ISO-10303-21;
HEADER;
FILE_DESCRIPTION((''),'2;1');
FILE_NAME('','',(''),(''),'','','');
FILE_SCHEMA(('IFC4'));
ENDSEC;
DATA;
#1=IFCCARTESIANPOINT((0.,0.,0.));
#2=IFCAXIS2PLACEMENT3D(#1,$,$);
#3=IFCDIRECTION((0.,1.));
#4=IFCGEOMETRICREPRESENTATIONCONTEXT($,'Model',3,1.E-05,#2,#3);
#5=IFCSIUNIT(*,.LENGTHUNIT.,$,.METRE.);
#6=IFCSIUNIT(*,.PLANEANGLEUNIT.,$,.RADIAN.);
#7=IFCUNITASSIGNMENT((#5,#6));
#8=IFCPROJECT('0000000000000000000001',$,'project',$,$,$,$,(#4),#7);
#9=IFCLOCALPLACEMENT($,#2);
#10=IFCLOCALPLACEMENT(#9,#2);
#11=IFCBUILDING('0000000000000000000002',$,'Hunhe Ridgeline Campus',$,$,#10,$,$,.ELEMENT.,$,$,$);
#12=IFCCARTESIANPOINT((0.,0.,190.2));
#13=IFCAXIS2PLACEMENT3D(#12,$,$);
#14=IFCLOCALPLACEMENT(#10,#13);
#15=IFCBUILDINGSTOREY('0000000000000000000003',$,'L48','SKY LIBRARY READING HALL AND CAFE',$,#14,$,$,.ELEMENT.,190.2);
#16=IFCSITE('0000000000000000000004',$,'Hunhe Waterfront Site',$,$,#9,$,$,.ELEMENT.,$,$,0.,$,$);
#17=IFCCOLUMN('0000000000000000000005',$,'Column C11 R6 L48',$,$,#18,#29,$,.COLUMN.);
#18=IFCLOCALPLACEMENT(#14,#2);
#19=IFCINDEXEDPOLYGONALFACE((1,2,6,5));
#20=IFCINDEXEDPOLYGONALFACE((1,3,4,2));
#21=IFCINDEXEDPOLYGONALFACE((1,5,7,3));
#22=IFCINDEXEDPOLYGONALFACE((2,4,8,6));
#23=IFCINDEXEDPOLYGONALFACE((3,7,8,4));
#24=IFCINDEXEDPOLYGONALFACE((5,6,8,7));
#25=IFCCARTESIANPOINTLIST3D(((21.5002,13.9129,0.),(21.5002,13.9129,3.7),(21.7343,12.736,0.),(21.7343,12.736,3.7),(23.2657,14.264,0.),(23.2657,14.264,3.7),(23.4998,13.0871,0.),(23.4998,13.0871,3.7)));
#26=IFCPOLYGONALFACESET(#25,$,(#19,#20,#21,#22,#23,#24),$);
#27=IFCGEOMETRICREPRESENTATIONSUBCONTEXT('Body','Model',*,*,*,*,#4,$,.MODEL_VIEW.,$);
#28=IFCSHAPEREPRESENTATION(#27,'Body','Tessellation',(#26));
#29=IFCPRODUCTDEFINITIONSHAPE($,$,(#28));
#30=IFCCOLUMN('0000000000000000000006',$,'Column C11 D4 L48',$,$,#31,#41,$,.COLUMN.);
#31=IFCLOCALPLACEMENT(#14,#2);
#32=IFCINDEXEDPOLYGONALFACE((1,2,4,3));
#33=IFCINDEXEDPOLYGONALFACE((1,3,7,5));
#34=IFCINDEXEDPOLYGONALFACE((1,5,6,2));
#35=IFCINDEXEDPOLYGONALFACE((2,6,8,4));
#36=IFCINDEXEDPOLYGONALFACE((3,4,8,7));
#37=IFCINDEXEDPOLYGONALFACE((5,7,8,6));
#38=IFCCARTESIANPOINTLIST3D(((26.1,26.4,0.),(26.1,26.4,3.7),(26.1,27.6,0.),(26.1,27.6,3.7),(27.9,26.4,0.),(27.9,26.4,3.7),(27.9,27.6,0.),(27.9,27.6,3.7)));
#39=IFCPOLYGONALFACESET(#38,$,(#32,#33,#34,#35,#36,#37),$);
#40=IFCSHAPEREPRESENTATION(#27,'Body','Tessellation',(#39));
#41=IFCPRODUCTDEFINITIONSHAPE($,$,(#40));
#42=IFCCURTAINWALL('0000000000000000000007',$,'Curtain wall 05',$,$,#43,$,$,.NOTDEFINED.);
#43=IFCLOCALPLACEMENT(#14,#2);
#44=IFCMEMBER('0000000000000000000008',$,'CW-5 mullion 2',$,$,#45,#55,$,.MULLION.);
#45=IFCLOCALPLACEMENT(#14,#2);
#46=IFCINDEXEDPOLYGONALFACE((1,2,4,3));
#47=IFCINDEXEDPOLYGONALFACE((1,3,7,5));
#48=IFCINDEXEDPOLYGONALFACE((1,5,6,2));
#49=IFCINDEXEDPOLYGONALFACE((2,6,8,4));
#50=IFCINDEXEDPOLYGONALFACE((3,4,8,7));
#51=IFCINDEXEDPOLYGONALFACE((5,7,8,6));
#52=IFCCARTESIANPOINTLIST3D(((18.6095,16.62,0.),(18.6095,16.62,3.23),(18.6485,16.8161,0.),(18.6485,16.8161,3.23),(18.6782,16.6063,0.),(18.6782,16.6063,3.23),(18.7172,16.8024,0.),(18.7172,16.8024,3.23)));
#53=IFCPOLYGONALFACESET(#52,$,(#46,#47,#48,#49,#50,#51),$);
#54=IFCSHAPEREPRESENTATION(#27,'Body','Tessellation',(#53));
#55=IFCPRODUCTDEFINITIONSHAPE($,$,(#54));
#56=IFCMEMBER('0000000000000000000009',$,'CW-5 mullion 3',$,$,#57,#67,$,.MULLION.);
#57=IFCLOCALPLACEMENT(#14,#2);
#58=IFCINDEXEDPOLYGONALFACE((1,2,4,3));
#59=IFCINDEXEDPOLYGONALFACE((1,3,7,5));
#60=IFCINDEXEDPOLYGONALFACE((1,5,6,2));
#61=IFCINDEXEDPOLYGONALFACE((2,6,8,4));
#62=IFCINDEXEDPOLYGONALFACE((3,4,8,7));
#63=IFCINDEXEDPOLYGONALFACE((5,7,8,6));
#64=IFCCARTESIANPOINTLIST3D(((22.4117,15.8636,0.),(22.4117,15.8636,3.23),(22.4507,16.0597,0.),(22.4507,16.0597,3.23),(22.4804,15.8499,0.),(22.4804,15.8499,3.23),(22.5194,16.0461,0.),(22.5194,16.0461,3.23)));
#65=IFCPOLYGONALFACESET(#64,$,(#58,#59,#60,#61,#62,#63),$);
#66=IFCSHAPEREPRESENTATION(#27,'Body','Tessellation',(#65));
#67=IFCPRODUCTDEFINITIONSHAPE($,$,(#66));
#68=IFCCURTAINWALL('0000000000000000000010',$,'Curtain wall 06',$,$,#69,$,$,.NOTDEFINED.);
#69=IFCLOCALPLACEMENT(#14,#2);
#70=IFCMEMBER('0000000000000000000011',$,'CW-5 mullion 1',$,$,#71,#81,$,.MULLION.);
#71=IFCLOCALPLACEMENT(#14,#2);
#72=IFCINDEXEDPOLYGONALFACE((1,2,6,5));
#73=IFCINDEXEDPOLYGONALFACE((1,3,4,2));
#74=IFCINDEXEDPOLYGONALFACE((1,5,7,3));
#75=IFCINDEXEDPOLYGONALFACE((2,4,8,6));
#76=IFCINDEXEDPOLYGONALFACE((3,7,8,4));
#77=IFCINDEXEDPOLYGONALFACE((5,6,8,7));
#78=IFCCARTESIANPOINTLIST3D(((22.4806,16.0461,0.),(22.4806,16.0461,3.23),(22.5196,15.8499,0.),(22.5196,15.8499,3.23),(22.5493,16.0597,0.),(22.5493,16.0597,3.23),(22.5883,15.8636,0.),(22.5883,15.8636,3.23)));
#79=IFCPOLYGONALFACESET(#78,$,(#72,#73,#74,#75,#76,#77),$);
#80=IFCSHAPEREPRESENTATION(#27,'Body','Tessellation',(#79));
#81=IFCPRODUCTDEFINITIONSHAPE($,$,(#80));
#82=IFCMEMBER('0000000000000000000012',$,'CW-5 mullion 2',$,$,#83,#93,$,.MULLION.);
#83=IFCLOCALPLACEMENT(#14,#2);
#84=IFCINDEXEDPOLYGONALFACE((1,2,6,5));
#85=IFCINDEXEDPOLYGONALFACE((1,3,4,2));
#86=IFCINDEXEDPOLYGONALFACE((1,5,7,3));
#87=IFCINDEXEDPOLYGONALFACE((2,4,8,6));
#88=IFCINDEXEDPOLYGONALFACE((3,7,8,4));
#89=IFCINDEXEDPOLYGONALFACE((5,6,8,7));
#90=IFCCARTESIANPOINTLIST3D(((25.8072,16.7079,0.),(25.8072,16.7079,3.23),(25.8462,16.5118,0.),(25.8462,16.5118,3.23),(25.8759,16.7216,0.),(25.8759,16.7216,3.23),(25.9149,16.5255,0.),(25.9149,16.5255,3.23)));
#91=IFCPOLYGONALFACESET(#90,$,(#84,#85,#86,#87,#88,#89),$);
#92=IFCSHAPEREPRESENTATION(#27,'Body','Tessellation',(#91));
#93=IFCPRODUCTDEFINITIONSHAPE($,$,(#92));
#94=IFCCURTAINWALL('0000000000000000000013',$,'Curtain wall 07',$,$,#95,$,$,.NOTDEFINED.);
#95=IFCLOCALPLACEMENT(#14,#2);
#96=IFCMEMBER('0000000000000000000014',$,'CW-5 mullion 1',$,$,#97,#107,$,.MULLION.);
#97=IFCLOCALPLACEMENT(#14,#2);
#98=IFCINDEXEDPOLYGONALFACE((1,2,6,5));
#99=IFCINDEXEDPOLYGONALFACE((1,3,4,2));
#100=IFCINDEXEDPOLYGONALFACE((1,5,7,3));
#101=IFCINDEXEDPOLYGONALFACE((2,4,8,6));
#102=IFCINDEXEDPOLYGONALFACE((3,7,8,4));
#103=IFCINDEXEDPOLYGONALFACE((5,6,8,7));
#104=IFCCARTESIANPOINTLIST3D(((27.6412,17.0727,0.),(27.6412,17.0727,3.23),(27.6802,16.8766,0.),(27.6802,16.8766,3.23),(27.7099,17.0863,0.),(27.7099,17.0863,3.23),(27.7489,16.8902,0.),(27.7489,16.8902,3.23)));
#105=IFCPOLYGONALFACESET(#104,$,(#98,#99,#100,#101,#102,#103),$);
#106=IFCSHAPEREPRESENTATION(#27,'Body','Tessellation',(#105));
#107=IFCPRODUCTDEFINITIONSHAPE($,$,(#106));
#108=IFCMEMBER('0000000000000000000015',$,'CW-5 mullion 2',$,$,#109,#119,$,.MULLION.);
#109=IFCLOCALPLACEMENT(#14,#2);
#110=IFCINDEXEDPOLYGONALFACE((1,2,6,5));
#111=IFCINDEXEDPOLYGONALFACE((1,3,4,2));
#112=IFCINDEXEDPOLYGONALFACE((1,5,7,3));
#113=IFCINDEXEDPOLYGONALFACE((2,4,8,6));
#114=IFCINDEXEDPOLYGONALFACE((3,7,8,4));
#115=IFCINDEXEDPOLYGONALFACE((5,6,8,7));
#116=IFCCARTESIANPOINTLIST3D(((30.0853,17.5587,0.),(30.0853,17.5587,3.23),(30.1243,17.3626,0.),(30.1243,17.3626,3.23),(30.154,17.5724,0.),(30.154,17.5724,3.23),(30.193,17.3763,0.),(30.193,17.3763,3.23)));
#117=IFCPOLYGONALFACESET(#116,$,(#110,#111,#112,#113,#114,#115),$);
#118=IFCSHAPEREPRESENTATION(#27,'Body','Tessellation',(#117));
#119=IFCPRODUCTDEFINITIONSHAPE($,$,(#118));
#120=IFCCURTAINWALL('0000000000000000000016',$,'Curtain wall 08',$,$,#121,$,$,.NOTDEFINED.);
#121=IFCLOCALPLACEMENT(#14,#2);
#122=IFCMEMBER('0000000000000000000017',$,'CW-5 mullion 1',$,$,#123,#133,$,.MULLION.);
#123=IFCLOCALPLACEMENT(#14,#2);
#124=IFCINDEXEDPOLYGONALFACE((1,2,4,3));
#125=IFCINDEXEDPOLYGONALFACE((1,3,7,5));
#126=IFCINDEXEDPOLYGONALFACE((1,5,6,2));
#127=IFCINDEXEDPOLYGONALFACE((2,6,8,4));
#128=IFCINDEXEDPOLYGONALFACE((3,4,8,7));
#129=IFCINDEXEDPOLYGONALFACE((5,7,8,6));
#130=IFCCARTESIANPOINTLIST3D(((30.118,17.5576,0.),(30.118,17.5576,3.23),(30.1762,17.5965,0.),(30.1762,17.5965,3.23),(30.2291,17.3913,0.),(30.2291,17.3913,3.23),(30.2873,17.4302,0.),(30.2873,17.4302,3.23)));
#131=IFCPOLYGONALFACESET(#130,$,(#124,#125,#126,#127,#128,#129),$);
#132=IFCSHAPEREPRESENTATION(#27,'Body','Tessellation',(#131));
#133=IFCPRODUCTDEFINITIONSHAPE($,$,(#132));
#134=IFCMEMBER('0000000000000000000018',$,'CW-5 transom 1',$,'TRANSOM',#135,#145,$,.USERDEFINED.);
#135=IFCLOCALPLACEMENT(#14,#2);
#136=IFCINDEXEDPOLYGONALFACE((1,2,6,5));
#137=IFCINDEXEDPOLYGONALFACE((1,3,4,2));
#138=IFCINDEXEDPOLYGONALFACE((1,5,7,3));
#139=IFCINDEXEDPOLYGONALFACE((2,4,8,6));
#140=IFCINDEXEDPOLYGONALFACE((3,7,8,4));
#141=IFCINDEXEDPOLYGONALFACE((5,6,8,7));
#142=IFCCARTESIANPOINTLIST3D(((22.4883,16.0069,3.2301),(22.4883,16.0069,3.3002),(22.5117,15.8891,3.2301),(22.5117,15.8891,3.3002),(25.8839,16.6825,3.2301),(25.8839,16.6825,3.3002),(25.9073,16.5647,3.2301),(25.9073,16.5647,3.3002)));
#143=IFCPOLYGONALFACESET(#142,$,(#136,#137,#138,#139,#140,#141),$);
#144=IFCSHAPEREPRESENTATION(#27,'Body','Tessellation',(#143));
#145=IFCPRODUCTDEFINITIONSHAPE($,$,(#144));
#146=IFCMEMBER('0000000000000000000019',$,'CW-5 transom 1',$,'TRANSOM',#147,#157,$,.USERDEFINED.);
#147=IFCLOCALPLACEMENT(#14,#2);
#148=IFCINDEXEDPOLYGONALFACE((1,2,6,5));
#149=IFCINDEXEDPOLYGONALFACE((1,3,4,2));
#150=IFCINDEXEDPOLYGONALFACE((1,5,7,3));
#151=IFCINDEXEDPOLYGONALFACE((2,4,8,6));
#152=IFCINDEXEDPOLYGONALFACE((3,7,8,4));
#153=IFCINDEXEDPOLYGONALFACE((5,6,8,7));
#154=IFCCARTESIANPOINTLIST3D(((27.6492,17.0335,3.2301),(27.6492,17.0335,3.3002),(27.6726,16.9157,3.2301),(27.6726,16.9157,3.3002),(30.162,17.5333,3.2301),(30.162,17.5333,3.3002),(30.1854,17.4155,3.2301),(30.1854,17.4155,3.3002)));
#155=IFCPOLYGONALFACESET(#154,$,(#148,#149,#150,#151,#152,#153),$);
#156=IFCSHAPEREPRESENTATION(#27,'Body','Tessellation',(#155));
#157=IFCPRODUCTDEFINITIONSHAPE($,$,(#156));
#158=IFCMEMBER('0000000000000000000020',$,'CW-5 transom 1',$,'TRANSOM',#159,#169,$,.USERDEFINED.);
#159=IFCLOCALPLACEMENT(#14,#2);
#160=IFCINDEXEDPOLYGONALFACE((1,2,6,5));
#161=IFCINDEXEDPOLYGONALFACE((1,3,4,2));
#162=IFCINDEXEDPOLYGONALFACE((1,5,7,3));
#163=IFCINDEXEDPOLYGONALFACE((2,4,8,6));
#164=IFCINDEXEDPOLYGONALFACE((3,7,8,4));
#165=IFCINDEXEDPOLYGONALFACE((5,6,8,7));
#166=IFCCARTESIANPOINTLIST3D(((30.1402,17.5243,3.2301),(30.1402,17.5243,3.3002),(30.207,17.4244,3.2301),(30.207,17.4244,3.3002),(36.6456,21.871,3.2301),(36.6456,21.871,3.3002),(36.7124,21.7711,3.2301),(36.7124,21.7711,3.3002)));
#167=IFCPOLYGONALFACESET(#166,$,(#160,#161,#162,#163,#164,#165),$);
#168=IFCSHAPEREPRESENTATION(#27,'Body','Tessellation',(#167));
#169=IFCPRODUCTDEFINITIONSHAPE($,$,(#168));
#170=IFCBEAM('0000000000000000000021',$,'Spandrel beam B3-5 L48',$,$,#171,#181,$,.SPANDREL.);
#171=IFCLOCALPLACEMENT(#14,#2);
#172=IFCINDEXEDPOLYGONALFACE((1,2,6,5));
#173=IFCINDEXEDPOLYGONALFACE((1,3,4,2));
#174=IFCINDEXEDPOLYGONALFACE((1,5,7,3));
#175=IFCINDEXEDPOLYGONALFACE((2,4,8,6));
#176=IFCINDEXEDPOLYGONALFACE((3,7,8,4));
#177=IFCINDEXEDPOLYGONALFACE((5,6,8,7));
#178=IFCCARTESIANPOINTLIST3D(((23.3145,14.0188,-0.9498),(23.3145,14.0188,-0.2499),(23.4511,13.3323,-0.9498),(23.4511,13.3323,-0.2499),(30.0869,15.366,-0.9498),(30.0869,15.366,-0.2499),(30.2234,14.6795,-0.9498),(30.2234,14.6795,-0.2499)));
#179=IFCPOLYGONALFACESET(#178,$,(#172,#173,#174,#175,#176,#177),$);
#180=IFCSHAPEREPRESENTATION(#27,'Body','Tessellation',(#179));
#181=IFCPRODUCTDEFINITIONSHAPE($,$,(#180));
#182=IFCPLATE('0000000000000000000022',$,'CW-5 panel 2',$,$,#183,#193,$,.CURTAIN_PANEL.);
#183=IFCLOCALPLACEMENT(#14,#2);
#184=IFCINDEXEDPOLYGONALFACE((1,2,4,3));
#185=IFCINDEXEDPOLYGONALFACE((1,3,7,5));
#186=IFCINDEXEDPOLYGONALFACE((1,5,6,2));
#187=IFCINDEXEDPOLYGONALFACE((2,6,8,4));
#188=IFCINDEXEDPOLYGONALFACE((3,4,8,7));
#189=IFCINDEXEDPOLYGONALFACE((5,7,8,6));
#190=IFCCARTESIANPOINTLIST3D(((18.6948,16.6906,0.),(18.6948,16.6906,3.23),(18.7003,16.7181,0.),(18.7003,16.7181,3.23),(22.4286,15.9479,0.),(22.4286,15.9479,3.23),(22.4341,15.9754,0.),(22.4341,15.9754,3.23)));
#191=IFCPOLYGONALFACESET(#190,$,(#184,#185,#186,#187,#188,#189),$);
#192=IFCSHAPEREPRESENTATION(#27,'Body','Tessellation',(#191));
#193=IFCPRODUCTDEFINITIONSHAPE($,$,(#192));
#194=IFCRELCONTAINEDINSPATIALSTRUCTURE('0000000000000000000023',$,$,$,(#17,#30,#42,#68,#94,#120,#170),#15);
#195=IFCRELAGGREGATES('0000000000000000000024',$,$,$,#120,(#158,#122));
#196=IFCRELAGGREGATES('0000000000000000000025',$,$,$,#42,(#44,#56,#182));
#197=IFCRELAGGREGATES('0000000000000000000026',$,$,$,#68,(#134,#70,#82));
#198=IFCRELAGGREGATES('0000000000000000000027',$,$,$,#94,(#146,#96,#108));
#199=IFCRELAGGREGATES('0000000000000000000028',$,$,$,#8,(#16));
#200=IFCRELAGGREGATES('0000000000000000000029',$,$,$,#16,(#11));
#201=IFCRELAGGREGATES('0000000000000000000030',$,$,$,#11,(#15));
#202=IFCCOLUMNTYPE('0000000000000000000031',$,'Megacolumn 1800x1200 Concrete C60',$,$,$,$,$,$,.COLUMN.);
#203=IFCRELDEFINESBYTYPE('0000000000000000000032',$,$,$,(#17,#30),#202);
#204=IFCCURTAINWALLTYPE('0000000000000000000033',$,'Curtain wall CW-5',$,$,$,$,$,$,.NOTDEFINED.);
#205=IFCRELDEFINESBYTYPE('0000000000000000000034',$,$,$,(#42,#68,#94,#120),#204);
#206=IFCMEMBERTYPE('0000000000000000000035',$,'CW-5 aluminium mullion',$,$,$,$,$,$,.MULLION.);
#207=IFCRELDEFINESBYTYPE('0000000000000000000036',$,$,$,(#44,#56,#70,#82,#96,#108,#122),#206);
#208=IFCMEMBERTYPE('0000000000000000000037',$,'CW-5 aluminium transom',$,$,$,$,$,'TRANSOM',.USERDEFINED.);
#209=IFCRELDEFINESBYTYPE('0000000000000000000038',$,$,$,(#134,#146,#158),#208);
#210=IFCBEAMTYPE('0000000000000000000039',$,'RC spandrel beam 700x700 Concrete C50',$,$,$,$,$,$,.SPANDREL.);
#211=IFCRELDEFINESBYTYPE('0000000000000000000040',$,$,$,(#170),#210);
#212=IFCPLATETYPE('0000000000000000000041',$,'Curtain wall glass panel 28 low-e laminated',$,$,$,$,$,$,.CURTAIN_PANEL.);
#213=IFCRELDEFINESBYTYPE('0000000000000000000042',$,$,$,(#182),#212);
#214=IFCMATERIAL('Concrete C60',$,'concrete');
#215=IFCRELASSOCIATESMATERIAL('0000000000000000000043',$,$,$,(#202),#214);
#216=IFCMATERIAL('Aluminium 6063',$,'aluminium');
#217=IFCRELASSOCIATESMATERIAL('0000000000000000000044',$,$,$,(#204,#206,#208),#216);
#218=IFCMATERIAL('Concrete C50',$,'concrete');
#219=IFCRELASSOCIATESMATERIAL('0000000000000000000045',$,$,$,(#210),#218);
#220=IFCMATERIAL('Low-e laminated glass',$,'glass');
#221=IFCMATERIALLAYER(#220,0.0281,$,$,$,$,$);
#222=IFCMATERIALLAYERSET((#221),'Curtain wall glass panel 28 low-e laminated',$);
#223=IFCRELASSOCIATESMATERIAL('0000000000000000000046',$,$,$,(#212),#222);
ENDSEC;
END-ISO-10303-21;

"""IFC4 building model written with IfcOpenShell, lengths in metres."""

from ifc_helpers import new_model, si_unit, direction, frame, origin, origin_2d, place, context, subcontext, project, spatial, rectangle, extrude, material, layer, layer_set, material_profile, profile_set, type_object, element, aggregate, save


model = new_model("IFC4")

# Units and contexts
model_context = context("Model", 3, precision=1e-05, world=origin(), true_north=direction((0.0, 1.0)))
body_context = subcontext(model_context, "Body", "Model", "MODEL_VIEW")
ifc_project = project(units=[si_unit("LENGTHUNIT", "METRE"), si_unit("PLANEANGLEUNIT", "RADIAN")], contexts=[model_context])

# Site, building, storey
site_placement = place(None, origin())
site = spatial("IfcSite", under=ifc_project, at=site_placement, Name="Hunhe Waterfront Site", CompositionType="ELEMENT", RefElevation=0.0)
building_placement = place(site_placement, origin())
building = spatial("IfcBuilding", under=site, at=building_placement, Name="Hunhe Ridgeline Campus", CompositionType="ELEMENT")
storey_placement = place(building_placement, frame((0.0, 0.0, 190.2)))
storey = spatial("IfcBuildingStorey", under=building, at=storey_placement, Name="L48", Description="SKY LIBRARY READING HALL AND CAFE", CompositionType="ELEMENT", Elevation=190.2)

# Columns
ifc_material_1 = material(Name="Concrete C60", Category="concrete")
ifc_material_profile_1 = material_profile(ifc_material_1, rectangle(XDim=1.8, YDim=1.2, at=origin_2d()))
ifc_profile_set_1 = profile_set([ifc_material_profile_1], Name="Concrete C60")
column_type = type_object("IfcColumnType", Name="Megacolumn 1800x1200 Concrete C60", PredefinedType="COLUMN", material=ifc_profile_set_1)
for number, where, z_axis, x_axis, name in (
    (1, (22.5, 13.5, 0.0), (0.0, 0.0, 1.0), (0.980785, 0.19509, 0.0), "Column C11 R6 L48"),
    (2, (27.0, 27.0, 0.0), (0.0, 0.0, 1.0), (1.0, 0.0, 0.0), "Column C11 D4 L48"),
):
    element("IfcColumn", number, at=place(storey_placement, frame(where, z_axis=z_axis, x_axis=x_axis)), inside=storey, type_object=column_type, Name=name, PredefinedType="COLUMN", context=body_context, shape_type="SweptSolid", body=[
        extrude(rectangle(XDim=1.8, YDim=1.2, at=origin_2d()), origin(), (0.0, 0.0, 1.0), 3.7),
    ])

# Curtain walls, members
ifc_material_2 = material(Name="Aluminium 6063", Category="aluminium")
curtain_wall_type = type_object("IfcCurtainWallType", Name="Curtain wall CW-5", PredefinedType="NOTDEFINED", material=ifc_material_2)
curtain_wall_1_placement = place(storey_placement, origin())
curtain_wall_1 = element("IfcCurtainWall", 3, at=curtain_wall_1_placement, inside=storey, type_object=curtain_wall_type, Name="Curtain wall 05", PredefinedType="NOTDEFINED")
ifc_material_profile_2 = material_profile(ifc_material_2, rectangle(XDim=0.2, YDim=0.0701, at=origin_2d()))
ifc_profile_set_2 = profile_set([ifc_material_profile_2], Name="Aluminium 6063")
member_type_1 = type_object("IfcMemberType", Name="CW-5 aluminium mullion", PredefinedType="MULLION", material=ifc_profile_set_2)
member_1_placement = place(storey_placement, frame((18.6633, 16.7112, 0.0), z_axis=(0.0, 0.0, 1.0), x_axis=(0.19509, 0.980785, 0.0)))
member_1 = element("IfcMember", 4, at=member_1_placement, type_object=member_type_1, Name="CW-5 mullion 2", PredefinedType="MULLION", context=body_context, shape_type="SweptSolid", body=[
    extrude(rectangle(XDim=0.2, YDim=0.0701, at=origin_2d()), origin(), (0.0, 0.0, 1.0), 3.23),
])
member_2_placement = place(storey_placement, frame((22.4656, 15.9548, 0.0), z_axis=(0.0, 0.0, 1.0), x_axis=(0.19509, 0.980785, 0.0)))
member_2 = element("IfcMember", 5, at=member_2_placement, type_object=member_type_1, Name="CW-5 mullion 3", PredefinedType="MULLION", context=body_context, shape_type="SweptSolid", body=[
    extrude(rectangle(XDim=0.2, YDim=0.0701, at=origin_2d()), origin(), (0.0, 0.0, 1.0), 3.23),
])
curtain_wall_2_placement = place(storey_placement, origin())
curtain_wall_2 = element("IfcCurtainWall", 6, at=curtain_wall_2_placement, inside=storey, type_object=curtain_wall_type, Name="Curtain wall 06", PredefinedType="NOTDEFINED")
member_3_placement = place(storey_placement, frame((22.5344, 15.9548, 0.0), z_axis=(0.0, 0.0, 1.0), x_axis=(-0.19509, 0.980785, 0.0)))
member_3 = element("IfcMember", 7, at=member_3_placement, type_object=member_type_1, Name="CW-5 mullion 1", PredefinedType="MULLION", context=body_context, shape_type="SweptSolid", body=[
    extrude(rectangle(XDim=0.2, YDim=0.0701, at=origin_2d()), origin(), (0.0, 0.0, 1.0), 3.23),
])
member_4_placement = place(storey_placement, frame((25.8611, 16.6167, 0.0), z_axis=(0.0, 0.0, 1.0), x_axis=(-0.19509, 0.980785, 0.0)))
member_4 = element("IfcMember", 8, at=member_4_placement, type_object=member_type_1, Name="CW-5 mullion 2", PredefinedType="MULLION", context=body_context, shape_type="SweptSolid", body=[
    extrude(rectangle(XDim=0.2, YDim=0.0701, at=origin_2d()), origin(), (0.0, 0.0, 1.0), 3.23),
])
curtain_wall_3_placement = place(storey_placement, origin())
curtain_wall_3 = element("IfcCurtainWall", 9, at=curtain_wall_3_placement, inside=storey, type_object=curtain_wall_type, Name="Curtain wall 07", PredefinedType="NOTDEFINED")
member_5_placement = place(storey_placement, frame((27.6951, 16.9814, 0.0), z_axis=(0.0, 0.0, 1.0), x_axis=(-0.195091, 0.980785, 0.0)))
member_5 = element("IfcMember", 10, at=member_5_placement, type_object=member_type_1, Name="CW-5 mullion 1", PredefinedType="MULLION", context=body_context, shape_type="SweptSolid", body=[
    extrude(rectangle(XDim=0.2, YDim=0.0701, at=origin_2d()), origin(), (0.0, 0.0, 1.0), 3.23),
])
member_6_placement = place(storey_placement, frame((30.1392, 17.4675, 0.0), z_axis=(0.0, 0.0, 1.0), x_axis=(-0.195091, 0.980785, 0.0)))
member_6 = element("IfcMember", 11, at=member_6_placement, type_object=member_type_1, Name="CW-5 mullion 2", PredefinedType="MULLION", context=body_context, shape_type="SweptSolid", body=[
    extrude(rectangle(XDim=0.2, YDim=0.0701, at=origin_2d()), origin(), (0.0, 0.0, 1.0), 3.23),
])

# Curtain wall, member
curtain_wall_4_placement = place(storey_placement, origin())
curtain_wall_4 = element("IfcCurtainWall", 12, at=curtain_wall_4_placement, inside=storey, type_object=curtain_wall_type, Name="Curtain wall 08", PredefinedType="NOTDEFINED")
member_7_placement = place(storey_placement, frame((30.2026, 17.4939, 0.0), z_axis=(0.0, 0.0, 1.0), x_axis=(-0.55557, 0.83147, 0.0)))
member_7 = element("IfcMember", 13, at=member_7_placement, type_object=member_type_1, Name="CW-5 mullion 1", PredefinedType="MULLION", context=body_context, shape_type="SweptSolid", body=[
    extrude(rectangle(XDim=0.2, YDim=0.0701, at=origin_2d()), origin(), (0.0, 0.0, 1.0), 3.23),
])

# Members
ifc_material_profile_3 = material_profile(ifc_material_2, rectangle(XDim=0.1201, YDim=0.0701, at=origin_2d()))
ifc_profile_set_3 = profile_set([ifc_material_profile_3], Name="Aluminium 6063")
member_type_2 = type_object("IfcMemberType", Name="CW-5 aluminium transom", ElementType="TRANSOM", PredefinedType="USERDEFINED", material=ifc_profile_set_3)
member_8_placement = place(storey_placement, frame((22.5, 15.948, 3.2651), z_axis=(0.980778, 0.195126, 0.0), x_axis=(-0.195126, 0.980778, 0.0)))
member_8 = element("IfcMember", 14, at=member_8_placement, type_object=member_type_2, Name="CW-5 transom 1", ObjectType="TRANSOM", PredefinedType="USERDEFINED", context=body_context, shape_type="SweptSolid", body=[
    extrude(rectangle(XDim=0.1201, YDim=0.0701, at=origin_2d()), origin(), (0.0, 0.0, 1.0), 3.4622),
])
member_9_placement = place(storey_placement, frame((27.6609, 16.9746, 3.2651), z_axis=(0.980789, 0.195071, 0.0), x_axis=(-0.195071, 0.980789, 0.0)))
member_9 = element("IfcMember", 15, at=member_9_placement, type_object=member_type_2, Name="CW-5 transom 1", ObjectType="TRANSOM", PredefinedType="USERDEFINED", context=body_context, shape_type="SweptSolid", body=[
    extrude(rectangle(XDim=0.1201, YDim=0.0701, at=origin_2d()), origin(), (0.0, 0.0, 1.0), 2.562),
])
member_10_placement = place(storey_placement, frame((30.1736, 17.4744, 3.2651), z_axis=(0.831474, 0.555564, 0.0), x_axis=(-0.555564, 0.831474, 0.0)))
member_10 = element("IfcMember", 16, at=member_10_placement, type_object=member_type_2, Name="CW-5 transom 1", ObjectType="TRANSOM", PredefinedType="USERDEFINED", context=body_context, shape_type="SweptSolid", body=[
    extrude(rectangle(XDim=0.1201, YDim=0.0701, at=origin_2d()), origin(), (0.0, 0.0, 1.0), 7.824),
])
aggregate(curtain_wall_4, [member_10, member_7])

# Beam
ifc_material_3 = material(Name="Concrete C50", Category="concrete")
ifc_material_profile_4 = material_profile(ifc_material_3, rectangle(XDim=0.7, YDim=0.7, at=origin_2d()))
ifc_profile_set_4 = profile_set([ifc_material_profile_4], Name="Concrete C50")
beam_type = type_object("IfcBeamType", Name="RC spandrel beam 700x700 Concrete C50", PredefinedType="SPANDREL", material=ifc_profile_set_4)
beam_placement = place(storey_placement, frame((23.3828, 13.6755, -0.5999), z_axis=(0.980783, 0.195103, 0.0), x_axis=(-0.195103, 0.980783, 0.0)))
element("IfcBeam", 17, at=beam_placement, inside=storey, type_object=beam_type, Name="Spandrel beam B3-5 L48", PredefinedType="SPANDREL", context=body_context, shape_type="SweptSolid", body=[
    extrude(rectangle(XDim=0.7, YDim=0.7, at=origin_2d()), origin(), (0.0, 0.0, 1.0), 6.905),
])

# Plate
ifc_material_4 = material(Name="Low-e laminated glass", Category="glass")
ifc_layer_1 = layer(ifc_material_4, 0.0281)
ifc_layer_set_1 = layer_set([ifc_layer_1], Name="Curtain wall glass panel 28 low-e laminated")
plate_type = type_object("IfcPlateType", Name="Curtain wall glass panel 28 low-e laminated", PredefinedType="CURTAIN_PANEL", material=ifc_layer_set_1)
plate_1_placement = place(storey_placement, frame((20.5645, 16.333, 0.0), z_axis=(0.0, 0.0, 1.0), x_axis=(0.980785, -0.19509, 0.0)))
plate_1 = element("IfcPlate", 18, at=plate_1_placement, type_object=plate_type, Name="CW-5 panel 2", PredefinedType="CURTAIN_PANEL", context=body_context, shape_type="SweptSolid", body=[
    extrude(rectangle(XDim=3.8069, YDim=0.0281, at=origin_2d()), origin(), (0.0, 0.0, 1.0), 3.23),
])
aggregate(curtain_wall_1, [member_1, member_2, plate_1])
aggregate(curtain_wall_2, [member_8, member_3, member_4])
aggregate(curtain_wall_3, [member_9, member_5, member_6])

save(model, "model.ifc")
